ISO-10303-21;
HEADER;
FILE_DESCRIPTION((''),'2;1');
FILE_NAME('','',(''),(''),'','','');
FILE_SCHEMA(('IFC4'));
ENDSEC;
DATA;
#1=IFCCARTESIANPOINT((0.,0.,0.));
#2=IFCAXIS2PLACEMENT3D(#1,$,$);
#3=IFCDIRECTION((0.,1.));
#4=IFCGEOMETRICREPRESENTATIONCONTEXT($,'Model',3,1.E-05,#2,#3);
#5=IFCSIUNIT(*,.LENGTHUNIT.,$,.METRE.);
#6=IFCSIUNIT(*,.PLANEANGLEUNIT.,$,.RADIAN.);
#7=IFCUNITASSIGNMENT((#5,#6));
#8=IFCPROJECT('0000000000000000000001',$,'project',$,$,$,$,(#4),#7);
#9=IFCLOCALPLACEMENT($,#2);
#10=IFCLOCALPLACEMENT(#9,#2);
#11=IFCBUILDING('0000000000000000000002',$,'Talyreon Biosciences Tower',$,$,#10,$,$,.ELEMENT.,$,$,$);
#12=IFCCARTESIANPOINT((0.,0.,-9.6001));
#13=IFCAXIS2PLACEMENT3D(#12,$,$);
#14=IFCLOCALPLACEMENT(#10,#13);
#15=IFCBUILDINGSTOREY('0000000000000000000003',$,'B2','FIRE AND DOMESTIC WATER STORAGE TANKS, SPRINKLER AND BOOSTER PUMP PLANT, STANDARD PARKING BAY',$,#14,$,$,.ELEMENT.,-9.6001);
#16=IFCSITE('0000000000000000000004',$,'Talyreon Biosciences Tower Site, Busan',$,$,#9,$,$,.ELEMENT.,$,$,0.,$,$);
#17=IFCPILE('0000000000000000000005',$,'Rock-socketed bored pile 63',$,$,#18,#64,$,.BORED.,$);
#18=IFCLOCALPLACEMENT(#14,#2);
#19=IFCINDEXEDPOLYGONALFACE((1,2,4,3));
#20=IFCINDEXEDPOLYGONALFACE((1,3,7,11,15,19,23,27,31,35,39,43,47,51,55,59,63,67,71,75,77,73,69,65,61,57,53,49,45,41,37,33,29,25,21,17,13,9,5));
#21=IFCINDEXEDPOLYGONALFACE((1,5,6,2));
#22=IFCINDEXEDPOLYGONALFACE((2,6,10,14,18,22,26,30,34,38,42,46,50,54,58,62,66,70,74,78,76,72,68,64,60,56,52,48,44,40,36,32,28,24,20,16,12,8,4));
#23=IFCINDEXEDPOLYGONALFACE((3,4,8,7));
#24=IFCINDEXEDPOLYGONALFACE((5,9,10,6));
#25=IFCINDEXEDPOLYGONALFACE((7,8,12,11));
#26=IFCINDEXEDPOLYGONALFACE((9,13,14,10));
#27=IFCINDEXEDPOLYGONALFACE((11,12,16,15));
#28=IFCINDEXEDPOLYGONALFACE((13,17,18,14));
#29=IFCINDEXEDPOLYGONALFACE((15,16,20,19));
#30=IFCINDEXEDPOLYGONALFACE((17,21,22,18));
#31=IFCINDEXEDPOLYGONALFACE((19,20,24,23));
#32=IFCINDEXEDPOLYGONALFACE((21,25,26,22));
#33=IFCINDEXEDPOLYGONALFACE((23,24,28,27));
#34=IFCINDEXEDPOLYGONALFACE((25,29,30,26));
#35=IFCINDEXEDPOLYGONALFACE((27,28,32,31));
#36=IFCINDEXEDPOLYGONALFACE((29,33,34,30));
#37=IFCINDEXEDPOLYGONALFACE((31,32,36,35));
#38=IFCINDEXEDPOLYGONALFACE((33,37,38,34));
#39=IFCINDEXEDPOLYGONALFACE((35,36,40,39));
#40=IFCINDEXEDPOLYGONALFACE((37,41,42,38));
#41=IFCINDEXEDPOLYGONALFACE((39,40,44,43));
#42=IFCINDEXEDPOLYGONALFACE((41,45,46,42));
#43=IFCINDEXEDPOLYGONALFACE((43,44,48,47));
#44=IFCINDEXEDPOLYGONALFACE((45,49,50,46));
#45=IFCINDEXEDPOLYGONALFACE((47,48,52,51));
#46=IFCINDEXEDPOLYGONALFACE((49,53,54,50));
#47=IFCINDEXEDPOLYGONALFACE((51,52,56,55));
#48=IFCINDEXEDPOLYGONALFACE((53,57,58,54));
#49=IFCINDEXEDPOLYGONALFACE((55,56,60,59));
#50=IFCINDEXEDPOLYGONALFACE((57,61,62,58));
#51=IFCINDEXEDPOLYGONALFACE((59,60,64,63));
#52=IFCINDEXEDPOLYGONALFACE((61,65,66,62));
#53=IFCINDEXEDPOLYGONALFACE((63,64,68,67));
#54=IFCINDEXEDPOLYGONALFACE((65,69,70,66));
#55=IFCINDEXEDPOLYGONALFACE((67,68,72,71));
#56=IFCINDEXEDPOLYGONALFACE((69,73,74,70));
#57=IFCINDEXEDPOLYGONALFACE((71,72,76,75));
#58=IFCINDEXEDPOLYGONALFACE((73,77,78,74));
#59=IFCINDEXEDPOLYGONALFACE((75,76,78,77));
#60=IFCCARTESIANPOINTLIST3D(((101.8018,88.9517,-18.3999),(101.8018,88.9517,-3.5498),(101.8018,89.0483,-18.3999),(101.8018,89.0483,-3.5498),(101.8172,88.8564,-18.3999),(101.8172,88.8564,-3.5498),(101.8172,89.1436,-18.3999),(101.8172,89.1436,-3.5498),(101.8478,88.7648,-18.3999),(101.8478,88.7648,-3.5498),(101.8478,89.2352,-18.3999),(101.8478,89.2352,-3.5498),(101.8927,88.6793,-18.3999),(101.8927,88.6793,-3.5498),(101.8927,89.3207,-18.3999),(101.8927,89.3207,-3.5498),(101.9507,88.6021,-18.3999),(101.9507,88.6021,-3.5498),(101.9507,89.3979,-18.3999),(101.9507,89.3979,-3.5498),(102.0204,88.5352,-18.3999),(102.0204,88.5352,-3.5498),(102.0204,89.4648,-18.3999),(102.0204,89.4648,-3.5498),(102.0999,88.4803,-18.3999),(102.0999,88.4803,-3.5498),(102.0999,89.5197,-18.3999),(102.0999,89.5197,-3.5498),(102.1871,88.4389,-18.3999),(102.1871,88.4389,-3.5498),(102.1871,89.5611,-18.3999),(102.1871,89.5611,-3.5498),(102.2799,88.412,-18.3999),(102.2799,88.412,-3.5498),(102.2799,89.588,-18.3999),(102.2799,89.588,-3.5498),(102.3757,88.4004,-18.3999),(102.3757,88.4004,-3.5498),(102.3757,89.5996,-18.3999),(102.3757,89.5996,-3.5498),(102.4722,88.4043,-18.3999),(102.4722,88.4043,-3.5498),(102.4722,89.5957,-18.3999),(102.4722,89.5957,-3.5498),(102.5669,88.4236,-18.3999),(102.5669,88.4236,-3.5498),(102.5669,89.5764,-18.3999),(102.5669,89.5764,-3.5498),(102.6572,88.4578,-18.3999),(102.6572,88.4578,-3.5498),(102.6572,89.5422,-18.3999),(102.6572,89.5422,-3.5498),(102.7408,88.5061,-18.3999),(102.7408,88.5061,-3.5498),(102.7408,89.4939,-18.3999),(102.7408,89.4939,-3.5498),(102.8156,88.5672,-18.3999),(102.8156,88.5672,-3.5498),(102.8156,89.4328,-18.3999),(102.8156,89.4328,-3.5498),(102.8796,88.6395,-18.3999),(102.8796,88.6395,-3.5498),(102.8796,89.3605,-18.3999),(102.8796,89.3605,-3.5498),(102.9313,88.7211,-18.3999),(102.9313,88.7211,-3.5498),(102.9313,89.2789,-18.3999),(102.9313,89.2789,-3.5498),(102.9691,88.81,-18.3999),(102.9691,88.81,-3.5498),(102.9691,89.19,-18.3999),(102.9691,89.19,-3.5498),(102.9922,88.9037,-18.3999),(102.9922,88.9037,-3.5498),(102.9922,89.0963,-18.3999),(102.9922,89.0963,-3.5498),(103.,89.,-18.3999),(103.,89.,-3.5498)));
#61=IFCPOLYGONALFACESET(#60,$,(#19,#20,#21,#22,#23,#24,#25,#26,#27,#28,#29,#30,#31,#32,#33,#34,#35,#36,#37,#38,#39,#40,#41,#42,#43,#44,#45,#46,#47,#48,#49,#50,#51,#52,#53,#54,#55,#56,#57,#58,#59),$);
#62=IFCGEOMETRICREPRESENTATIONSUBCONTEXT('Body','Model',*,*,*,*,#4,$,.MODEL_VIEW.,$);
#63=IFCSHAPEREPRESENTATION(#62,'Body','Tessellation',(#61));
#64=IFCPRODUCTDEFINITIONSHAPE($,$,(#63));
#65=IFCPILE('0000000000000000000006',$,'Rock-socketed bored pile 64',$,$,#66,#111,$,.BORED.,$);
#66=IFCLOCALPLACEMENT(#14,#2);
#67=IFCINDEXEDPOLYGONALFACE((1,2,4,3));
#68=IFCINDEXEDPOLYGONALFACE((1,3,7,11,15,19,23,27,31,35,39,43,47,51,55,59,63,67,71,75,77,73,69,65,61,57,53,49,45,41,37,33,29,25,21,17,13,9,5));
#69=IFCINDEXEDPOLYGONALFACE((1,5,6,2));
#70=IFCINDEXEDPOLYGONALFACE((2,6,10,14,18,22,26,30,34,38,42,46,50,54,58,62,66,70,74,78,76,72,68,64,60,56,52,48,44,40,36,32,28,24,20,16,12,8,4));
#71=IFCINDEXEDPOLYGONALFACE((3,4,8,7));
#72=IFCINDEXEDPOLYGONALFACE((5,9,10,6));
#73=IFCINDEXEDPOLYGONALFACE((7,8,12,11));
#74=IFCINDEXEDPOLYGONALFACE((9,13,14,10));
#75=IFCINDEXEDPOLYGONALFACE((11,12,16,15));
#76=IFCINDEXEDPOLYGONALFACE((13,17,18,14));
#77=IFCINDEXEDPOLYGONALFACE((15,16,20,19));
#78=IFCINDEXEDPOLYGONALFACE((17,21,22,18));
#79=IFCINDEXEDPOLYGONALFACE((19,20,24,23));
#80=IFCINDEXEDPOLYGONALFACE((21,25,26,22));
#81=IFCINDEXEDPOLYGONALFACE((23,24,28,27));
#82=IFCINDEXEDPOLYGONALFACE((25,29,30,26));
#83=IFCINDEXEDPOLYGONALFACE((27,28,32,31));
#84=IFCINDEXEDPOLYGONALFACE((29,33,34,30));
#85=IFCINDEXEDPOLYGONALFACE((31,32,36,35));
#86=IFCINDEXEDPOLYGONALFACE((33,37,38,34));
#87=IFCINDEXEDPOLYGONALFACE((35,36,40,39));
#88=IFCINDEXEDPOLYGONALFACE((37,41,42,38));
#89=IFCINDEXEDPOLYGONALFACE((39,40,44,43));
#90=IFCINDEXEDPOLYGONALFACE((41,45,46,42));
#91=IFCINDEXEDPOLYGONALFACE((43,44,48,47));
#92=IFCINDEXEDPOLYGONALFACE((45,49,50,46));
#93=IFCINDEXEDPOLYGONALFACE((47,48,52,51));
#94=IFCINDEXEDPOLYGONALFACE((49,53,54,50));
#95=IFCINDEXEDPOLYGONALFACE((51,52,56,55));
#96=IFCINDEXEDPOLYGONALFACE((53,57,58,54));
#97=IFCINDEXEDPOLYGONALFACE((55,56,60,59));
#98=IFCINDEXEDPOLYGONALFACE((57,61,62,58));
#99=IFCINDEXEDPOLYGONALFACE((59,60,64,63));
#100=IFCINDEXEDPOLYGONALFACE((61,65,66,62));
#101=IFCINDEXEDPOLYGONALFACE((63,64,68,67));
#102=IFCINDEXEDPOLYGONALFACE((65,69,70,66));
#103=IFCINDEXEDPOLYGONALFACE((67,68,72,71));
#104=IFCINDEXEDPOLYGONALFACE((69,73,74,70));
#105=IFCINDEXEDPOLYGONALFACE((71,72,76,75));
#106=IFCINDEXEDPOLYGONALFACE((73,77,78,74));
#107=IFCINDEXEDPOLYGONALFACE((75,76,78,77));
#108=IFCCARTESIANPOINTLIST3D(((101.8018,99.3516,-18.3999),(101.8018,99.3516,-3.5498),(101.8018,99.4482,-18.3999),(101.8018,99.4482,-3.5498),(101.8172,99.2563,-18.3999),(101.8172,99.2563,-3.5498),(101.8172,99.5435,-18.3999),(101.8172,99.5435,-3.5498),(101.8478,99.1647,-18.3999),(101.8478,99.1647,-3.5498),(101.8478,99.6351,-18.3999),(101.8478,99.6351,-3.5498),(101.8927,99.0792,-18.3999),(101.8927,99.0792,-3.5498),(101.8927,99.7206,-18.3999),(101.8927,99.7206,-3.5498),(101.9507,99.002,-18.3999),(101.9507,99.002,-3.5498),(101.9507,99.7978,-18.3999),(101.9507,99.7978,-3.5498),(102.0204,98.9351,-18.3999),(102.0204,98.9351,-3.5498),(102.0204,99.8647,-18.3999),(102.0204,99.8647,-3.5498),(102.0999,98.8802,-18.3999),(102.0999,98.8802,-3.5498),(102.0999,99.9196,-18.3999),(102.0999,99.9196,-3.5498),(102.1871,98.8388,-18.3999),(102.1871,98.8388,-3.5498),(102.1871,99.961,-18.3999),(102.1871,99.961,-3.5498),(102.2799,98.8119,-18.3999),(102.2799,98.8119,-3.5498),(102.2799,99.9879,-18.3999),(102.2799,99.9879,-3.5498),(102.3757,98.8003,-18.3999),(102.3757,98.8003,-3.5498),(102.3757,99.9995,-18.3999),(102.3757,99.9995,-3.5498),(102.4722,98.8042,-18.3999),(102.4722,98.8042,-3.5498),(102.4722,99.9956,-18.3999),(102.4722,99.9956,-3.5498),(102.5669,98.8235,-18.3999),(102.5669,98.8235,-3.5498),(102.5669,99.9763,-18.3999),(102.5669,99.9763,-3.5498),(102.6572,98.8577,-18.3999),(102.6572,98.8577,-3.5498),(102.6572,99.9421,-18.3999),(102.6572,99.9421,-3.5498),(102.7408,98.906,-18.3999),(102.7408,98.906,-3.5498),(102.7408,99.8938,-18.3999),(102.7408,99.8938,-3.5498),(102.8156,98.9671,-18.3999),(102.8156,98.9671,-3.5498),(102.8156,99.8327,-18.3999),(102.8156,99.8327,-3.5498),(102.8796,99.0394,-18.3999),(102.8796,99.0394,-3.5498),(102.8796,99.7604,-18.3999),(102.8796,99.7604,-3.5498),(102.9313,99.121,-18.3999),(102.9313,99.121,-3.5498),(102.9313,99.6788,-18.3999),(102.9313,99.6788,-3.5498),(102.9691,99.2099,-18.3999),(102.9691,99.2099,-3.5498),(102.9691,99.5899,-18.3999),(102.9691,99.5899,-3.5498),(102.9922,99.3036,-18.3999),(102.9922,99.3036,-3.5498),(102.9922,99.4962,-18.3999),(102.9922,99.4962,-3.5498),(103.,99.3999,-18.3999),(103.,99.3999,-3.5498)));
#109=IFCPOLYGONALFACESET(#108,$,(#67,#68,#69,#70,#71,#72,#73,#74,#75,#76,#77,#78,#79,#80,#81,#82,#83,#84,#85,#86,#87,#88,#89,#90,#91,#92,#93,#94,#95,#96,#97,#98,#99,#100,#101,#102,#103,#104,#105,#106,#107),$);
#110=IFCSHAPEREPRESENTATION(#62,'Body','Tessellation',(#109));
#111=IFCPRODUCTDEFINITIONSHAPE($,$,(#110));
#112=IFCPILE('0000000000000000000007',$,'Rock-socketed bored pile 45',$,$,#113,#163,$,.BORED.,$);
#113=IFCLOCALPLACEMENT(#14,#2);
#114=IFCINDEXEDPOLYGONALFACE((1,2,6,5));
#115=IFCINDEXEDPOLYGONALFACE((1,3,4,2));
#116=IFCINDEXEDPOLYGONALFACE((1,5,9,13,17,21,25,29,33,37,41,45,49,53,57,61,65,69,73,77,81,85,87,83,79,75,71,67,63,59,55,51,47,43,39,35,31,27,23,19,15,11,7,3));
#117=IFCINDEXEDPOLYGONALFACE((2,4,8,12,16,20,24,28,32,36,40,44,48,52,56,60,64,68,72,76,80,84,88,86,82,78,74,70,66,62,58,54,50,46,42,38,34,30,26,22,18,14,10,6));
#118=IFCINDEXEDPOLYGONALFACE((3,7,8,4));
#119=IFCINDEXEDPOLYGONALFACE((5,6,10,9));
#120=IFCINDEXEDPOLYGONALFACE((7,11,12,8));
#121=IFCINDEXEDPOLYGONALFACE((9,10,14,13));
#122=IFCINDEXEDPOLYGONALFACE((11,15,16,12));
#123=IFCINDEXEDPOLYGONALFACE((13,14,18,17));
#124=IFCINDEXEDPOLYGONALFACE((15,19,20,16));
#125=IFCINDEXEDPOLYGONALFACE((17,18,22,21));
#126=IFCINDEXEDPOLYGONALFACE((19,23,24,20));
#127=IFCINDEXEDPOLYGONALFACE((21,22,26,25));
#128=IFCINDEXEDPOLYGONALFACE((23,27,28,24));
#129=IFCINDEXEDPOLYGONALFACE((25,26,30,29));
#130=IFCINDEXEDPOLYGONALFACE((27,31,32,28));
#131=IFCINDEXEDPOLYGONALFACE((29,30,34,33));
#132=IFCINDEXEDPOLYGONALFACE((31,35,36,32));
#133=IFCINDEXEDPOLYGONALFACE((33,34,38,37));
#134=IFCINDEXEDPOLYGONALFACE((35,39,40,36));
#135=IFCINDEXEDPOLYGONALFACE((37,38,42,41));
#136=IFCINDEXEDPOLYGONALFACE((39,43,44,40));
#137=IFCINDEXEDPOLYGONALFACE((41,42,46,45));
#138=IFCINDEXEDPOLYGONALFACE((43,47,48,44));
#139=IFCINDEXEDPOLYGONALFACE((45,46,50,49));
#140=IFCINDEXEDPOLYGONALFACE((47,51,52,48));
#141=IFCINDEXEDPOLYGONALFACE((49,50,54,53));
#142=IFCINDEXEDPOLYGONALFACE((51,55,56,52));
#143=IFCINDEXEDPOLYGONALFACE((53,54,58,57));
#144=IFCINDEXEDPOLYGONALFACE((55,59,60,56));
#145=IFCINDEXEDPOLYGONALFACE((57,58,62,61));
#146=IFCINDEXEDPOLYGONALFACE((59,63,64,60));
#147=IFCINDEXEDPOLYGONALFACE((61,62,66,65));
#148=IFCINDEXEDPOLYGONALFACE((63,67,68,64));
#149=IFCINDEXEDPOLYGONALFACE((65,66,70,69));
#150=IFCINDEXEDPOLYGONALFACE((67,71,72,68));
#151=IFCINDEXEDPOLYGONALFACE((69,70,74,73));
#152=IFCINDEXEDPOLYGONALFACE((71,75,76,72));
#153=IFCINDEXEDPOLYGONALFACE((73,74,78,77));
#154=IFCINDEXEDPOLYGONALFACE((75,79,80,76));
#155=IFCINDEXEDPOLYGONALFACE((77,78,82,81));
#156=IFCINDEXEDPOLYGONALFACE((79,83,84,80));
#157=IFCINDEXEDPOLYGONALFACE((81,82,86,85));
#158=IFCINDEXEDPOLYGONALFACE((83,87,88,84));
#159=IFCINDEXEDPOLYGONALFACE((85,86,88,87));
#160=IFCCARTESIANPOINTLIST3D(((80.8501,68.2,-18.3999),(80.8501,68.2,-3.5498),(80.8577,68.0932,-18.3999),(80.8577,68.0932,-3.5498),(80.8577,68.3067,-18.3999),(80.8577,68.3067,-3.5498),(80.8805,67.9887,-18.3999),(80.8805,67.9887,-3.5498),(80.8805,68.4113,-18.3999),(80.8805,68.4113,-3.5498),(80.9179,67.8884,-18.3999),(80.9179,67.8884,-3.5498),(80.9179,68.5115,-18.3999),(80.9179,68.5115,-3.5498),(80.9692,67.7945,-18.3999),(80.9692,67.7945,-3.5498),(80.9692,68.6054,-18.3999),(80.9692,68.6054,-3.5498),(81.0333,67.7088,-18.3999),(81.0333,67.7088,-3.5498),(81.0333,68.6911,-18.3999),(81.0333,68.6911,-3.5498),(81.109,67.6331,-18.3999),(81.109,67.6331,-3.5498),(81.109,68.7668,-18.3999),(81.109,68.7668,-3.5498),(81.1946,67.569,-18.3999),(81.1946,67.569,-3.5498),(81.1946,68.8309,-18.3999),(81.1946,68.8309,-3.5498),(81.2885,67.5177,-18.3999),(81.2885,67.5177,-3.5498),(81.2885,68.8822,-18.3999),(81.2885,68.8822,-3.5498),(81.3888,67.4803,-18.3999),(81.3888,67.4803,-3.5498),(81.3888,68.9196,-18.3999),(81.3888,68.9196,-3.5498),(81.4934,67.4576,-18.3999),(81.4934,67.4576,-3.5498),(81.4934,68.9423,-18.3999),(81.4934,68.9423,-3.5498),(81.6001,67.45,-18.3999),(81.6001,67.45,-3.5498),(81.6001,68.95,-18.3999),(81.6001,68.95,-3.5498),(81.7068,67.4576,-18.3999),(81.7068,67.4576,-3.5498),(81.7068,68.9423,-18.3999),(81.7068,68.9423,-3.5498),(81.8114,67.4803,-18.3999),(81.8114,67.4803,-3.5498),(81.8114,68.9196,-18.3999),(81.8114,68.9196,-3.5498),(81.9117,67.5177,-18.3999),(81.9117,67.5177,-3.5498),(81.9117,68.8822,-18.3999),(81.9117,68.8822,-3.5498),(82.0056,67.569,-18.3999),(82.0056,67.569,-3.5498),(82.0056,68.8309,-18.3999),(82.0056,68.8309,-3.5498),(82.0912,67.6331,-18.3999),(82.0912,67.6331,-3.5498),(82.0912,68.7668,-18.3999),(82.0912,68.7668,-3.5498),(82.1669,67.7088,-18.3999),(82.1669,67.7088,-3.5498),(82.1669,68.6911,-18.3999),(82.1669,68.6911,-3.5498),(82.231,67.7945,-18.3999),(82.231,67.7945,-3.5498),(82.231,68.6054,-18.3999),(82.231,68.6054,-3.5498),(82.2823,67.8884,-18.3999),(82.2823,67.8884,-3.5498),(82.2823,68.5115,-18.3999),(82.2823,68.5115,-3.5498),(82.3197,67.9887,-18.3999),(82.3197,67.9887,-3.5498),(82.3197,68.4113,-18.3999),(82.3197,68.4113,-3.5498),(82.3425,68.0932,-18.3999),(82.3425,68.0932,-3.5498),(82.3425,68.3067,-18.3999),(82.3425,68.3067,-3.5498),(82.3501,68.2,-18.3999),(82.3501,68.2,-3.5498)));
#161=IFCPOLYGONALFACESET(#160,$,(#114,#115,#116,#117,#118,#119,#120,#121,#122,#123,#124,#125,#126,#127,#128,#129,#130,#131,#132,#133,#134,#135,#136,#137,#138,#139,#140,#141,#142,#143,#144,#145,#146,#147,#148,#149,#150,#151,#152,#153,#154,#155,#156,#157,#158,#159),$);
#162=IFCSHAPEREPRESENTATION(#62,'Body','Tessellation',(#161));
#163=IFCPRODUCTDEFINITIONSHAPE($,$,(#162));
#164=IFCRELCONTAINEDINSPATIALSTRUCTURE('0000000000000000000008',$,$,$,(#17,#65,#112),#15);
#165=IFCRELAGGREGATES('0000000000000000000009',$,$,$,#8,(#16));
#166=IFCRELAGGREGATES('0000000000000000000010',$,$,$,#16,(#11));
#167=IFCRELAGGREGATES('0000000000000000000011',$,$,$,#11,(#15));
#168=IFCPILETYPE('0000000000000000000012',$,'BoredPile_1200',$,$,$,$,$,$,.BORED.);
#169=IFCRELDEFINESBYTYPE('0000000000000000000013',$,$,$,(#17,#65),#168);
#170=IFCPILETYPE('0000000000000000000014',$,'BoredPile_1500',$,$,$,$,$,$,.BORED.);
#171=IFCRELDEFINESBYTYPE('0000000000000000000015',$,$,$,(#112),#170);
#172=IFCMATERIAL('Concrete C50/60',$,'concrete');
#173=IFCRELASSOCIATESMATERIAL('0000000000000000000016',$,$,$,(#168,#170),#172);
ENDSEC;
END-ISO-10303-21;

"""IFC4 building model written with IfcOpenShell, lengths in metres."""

from ifc_helpers import new_model, si_unit, direction, frame, origin, origin_2d, place, context, subcontext, project, spatial, circle, extrude, material, material_profile, profile_set, type_object, element, save


model = new_model("IFC4")

# Units and contexts
model_context = context("Model", 3, precision=1e-05, world=origin(), true_north=direction((0.0, 1.0)))
body_context = subcontext(model_context, "Body", "Model", "MODEL_VIEW")
ifc_project = project(units=[si_unit("LENGTHUNIT", "METRE"), si_unit("PLANEANGLEUNIT", "RADIAN")], contexts=[model_context])

# Site, building, storey
site_placement = place(None, origin())
site = spatial("IfcSite", under=ifc_project, at=site_placement, Name="Talyreon Biosciences Tower Site, Busan", CompositionType="ELEMENT", RefElevation=0.0)
building_placement = place(site_placement, origin())
building = spatial("IfcBuilding", under=site, at=building_placement, Name="Talyreon Biosciences Tower", CompositionType="ELEMENT")
storey_placement = place(building_placement, frame((0.0, 0.0, -9.6001)))
storey = spatial("IfcBuildingStorey", under=building, at=storey_placement, Name="B2", Description="FIRE AND DOMESTIC WATER STORAGE TANKS, SPRINKLER AND BOOSTER PUMP PLANT, STANDARD PARKING BAY", CompositionType="ELEMENT", Elevation=-9.6001)

# Piles
ifc_material_1 = material(Name="Concrete C50/60", Category="concrete")
ifc_material_profile_1 = material_profile(ifc_material_1, circle(Radius=0.6001, at=origin_2d()), Name="PILE D1200")
ifc_profile_set_1 = profile_set([ifc_material_profile_1], Name="Concrete C50/60")
pile_type_1 = type_object("IfcPileType", Name="BoredPile_1200", PredefinedType="BORED", material=ifc_profile_set_1)
for number, where, z_axis, x_axis, name in (
    (1, (102.3999, 89.0, -3.5498), (0.0, 0.0, -1.0), (1.0, 0.0, 0.0), "Rock-socketed bored pile 63"),
    (2, (102.3999, 99.3999, -3.5498), (0.0, 0.0, -1.0), (1.0, 0.0, 0.0), "Rock-socketed bored pile 64"),
):
    element("IfcPile", number, at=place(storey_placement, frame(where, z_axis=z_axis, x_axis=x_axis)), inside=storey, type_object=pile_type_1, Name=name, PredefinedType="BORED", context=body_context, shape_type="SweptSolid", body=[
        extrude(circle(Radius=0.6001, at=origin_2d()), origin(), (0.0, 0.0, 1.0), 14.8501),
    ])
ifc_material_profile_2 = material_profile(ifc_material_1, circle(Radius=0.75, at=origin_2d()), Name="PILE D1500")
ifc_profile_set_2 = profile_set([ifc_material_profile_2], Name="Concrete C50/60")
pile_type_2 = type_object("IfcPileType", Name="BoredPile_1500", PredefinedType="BORED", material=ifc_profile_set_2)
for number, where, z_axis, x_axis, name in (
    (3, (81.6001, 68.2, -3.5498), (0.0, 0.0, -1.0), (1.0, 0.0, 0.0), "Rock-socketed bored pile 45"),
):
    element("IfcPile", number, at=place(storey_placement, frame(where, z_axis=z_axis, x_axis=x_axis)), inside=storey, type_object=pile_type_2, Name=name, PredefinedType="BORED", context=body_context, shape_type="SweptSolid", body=[
        extrude(circle(Radius=0.75, at=origin_2d()), origin(), (0.0, 0.0, 1.0), 14.8501),
    ])

save(model, "model.ifc")
